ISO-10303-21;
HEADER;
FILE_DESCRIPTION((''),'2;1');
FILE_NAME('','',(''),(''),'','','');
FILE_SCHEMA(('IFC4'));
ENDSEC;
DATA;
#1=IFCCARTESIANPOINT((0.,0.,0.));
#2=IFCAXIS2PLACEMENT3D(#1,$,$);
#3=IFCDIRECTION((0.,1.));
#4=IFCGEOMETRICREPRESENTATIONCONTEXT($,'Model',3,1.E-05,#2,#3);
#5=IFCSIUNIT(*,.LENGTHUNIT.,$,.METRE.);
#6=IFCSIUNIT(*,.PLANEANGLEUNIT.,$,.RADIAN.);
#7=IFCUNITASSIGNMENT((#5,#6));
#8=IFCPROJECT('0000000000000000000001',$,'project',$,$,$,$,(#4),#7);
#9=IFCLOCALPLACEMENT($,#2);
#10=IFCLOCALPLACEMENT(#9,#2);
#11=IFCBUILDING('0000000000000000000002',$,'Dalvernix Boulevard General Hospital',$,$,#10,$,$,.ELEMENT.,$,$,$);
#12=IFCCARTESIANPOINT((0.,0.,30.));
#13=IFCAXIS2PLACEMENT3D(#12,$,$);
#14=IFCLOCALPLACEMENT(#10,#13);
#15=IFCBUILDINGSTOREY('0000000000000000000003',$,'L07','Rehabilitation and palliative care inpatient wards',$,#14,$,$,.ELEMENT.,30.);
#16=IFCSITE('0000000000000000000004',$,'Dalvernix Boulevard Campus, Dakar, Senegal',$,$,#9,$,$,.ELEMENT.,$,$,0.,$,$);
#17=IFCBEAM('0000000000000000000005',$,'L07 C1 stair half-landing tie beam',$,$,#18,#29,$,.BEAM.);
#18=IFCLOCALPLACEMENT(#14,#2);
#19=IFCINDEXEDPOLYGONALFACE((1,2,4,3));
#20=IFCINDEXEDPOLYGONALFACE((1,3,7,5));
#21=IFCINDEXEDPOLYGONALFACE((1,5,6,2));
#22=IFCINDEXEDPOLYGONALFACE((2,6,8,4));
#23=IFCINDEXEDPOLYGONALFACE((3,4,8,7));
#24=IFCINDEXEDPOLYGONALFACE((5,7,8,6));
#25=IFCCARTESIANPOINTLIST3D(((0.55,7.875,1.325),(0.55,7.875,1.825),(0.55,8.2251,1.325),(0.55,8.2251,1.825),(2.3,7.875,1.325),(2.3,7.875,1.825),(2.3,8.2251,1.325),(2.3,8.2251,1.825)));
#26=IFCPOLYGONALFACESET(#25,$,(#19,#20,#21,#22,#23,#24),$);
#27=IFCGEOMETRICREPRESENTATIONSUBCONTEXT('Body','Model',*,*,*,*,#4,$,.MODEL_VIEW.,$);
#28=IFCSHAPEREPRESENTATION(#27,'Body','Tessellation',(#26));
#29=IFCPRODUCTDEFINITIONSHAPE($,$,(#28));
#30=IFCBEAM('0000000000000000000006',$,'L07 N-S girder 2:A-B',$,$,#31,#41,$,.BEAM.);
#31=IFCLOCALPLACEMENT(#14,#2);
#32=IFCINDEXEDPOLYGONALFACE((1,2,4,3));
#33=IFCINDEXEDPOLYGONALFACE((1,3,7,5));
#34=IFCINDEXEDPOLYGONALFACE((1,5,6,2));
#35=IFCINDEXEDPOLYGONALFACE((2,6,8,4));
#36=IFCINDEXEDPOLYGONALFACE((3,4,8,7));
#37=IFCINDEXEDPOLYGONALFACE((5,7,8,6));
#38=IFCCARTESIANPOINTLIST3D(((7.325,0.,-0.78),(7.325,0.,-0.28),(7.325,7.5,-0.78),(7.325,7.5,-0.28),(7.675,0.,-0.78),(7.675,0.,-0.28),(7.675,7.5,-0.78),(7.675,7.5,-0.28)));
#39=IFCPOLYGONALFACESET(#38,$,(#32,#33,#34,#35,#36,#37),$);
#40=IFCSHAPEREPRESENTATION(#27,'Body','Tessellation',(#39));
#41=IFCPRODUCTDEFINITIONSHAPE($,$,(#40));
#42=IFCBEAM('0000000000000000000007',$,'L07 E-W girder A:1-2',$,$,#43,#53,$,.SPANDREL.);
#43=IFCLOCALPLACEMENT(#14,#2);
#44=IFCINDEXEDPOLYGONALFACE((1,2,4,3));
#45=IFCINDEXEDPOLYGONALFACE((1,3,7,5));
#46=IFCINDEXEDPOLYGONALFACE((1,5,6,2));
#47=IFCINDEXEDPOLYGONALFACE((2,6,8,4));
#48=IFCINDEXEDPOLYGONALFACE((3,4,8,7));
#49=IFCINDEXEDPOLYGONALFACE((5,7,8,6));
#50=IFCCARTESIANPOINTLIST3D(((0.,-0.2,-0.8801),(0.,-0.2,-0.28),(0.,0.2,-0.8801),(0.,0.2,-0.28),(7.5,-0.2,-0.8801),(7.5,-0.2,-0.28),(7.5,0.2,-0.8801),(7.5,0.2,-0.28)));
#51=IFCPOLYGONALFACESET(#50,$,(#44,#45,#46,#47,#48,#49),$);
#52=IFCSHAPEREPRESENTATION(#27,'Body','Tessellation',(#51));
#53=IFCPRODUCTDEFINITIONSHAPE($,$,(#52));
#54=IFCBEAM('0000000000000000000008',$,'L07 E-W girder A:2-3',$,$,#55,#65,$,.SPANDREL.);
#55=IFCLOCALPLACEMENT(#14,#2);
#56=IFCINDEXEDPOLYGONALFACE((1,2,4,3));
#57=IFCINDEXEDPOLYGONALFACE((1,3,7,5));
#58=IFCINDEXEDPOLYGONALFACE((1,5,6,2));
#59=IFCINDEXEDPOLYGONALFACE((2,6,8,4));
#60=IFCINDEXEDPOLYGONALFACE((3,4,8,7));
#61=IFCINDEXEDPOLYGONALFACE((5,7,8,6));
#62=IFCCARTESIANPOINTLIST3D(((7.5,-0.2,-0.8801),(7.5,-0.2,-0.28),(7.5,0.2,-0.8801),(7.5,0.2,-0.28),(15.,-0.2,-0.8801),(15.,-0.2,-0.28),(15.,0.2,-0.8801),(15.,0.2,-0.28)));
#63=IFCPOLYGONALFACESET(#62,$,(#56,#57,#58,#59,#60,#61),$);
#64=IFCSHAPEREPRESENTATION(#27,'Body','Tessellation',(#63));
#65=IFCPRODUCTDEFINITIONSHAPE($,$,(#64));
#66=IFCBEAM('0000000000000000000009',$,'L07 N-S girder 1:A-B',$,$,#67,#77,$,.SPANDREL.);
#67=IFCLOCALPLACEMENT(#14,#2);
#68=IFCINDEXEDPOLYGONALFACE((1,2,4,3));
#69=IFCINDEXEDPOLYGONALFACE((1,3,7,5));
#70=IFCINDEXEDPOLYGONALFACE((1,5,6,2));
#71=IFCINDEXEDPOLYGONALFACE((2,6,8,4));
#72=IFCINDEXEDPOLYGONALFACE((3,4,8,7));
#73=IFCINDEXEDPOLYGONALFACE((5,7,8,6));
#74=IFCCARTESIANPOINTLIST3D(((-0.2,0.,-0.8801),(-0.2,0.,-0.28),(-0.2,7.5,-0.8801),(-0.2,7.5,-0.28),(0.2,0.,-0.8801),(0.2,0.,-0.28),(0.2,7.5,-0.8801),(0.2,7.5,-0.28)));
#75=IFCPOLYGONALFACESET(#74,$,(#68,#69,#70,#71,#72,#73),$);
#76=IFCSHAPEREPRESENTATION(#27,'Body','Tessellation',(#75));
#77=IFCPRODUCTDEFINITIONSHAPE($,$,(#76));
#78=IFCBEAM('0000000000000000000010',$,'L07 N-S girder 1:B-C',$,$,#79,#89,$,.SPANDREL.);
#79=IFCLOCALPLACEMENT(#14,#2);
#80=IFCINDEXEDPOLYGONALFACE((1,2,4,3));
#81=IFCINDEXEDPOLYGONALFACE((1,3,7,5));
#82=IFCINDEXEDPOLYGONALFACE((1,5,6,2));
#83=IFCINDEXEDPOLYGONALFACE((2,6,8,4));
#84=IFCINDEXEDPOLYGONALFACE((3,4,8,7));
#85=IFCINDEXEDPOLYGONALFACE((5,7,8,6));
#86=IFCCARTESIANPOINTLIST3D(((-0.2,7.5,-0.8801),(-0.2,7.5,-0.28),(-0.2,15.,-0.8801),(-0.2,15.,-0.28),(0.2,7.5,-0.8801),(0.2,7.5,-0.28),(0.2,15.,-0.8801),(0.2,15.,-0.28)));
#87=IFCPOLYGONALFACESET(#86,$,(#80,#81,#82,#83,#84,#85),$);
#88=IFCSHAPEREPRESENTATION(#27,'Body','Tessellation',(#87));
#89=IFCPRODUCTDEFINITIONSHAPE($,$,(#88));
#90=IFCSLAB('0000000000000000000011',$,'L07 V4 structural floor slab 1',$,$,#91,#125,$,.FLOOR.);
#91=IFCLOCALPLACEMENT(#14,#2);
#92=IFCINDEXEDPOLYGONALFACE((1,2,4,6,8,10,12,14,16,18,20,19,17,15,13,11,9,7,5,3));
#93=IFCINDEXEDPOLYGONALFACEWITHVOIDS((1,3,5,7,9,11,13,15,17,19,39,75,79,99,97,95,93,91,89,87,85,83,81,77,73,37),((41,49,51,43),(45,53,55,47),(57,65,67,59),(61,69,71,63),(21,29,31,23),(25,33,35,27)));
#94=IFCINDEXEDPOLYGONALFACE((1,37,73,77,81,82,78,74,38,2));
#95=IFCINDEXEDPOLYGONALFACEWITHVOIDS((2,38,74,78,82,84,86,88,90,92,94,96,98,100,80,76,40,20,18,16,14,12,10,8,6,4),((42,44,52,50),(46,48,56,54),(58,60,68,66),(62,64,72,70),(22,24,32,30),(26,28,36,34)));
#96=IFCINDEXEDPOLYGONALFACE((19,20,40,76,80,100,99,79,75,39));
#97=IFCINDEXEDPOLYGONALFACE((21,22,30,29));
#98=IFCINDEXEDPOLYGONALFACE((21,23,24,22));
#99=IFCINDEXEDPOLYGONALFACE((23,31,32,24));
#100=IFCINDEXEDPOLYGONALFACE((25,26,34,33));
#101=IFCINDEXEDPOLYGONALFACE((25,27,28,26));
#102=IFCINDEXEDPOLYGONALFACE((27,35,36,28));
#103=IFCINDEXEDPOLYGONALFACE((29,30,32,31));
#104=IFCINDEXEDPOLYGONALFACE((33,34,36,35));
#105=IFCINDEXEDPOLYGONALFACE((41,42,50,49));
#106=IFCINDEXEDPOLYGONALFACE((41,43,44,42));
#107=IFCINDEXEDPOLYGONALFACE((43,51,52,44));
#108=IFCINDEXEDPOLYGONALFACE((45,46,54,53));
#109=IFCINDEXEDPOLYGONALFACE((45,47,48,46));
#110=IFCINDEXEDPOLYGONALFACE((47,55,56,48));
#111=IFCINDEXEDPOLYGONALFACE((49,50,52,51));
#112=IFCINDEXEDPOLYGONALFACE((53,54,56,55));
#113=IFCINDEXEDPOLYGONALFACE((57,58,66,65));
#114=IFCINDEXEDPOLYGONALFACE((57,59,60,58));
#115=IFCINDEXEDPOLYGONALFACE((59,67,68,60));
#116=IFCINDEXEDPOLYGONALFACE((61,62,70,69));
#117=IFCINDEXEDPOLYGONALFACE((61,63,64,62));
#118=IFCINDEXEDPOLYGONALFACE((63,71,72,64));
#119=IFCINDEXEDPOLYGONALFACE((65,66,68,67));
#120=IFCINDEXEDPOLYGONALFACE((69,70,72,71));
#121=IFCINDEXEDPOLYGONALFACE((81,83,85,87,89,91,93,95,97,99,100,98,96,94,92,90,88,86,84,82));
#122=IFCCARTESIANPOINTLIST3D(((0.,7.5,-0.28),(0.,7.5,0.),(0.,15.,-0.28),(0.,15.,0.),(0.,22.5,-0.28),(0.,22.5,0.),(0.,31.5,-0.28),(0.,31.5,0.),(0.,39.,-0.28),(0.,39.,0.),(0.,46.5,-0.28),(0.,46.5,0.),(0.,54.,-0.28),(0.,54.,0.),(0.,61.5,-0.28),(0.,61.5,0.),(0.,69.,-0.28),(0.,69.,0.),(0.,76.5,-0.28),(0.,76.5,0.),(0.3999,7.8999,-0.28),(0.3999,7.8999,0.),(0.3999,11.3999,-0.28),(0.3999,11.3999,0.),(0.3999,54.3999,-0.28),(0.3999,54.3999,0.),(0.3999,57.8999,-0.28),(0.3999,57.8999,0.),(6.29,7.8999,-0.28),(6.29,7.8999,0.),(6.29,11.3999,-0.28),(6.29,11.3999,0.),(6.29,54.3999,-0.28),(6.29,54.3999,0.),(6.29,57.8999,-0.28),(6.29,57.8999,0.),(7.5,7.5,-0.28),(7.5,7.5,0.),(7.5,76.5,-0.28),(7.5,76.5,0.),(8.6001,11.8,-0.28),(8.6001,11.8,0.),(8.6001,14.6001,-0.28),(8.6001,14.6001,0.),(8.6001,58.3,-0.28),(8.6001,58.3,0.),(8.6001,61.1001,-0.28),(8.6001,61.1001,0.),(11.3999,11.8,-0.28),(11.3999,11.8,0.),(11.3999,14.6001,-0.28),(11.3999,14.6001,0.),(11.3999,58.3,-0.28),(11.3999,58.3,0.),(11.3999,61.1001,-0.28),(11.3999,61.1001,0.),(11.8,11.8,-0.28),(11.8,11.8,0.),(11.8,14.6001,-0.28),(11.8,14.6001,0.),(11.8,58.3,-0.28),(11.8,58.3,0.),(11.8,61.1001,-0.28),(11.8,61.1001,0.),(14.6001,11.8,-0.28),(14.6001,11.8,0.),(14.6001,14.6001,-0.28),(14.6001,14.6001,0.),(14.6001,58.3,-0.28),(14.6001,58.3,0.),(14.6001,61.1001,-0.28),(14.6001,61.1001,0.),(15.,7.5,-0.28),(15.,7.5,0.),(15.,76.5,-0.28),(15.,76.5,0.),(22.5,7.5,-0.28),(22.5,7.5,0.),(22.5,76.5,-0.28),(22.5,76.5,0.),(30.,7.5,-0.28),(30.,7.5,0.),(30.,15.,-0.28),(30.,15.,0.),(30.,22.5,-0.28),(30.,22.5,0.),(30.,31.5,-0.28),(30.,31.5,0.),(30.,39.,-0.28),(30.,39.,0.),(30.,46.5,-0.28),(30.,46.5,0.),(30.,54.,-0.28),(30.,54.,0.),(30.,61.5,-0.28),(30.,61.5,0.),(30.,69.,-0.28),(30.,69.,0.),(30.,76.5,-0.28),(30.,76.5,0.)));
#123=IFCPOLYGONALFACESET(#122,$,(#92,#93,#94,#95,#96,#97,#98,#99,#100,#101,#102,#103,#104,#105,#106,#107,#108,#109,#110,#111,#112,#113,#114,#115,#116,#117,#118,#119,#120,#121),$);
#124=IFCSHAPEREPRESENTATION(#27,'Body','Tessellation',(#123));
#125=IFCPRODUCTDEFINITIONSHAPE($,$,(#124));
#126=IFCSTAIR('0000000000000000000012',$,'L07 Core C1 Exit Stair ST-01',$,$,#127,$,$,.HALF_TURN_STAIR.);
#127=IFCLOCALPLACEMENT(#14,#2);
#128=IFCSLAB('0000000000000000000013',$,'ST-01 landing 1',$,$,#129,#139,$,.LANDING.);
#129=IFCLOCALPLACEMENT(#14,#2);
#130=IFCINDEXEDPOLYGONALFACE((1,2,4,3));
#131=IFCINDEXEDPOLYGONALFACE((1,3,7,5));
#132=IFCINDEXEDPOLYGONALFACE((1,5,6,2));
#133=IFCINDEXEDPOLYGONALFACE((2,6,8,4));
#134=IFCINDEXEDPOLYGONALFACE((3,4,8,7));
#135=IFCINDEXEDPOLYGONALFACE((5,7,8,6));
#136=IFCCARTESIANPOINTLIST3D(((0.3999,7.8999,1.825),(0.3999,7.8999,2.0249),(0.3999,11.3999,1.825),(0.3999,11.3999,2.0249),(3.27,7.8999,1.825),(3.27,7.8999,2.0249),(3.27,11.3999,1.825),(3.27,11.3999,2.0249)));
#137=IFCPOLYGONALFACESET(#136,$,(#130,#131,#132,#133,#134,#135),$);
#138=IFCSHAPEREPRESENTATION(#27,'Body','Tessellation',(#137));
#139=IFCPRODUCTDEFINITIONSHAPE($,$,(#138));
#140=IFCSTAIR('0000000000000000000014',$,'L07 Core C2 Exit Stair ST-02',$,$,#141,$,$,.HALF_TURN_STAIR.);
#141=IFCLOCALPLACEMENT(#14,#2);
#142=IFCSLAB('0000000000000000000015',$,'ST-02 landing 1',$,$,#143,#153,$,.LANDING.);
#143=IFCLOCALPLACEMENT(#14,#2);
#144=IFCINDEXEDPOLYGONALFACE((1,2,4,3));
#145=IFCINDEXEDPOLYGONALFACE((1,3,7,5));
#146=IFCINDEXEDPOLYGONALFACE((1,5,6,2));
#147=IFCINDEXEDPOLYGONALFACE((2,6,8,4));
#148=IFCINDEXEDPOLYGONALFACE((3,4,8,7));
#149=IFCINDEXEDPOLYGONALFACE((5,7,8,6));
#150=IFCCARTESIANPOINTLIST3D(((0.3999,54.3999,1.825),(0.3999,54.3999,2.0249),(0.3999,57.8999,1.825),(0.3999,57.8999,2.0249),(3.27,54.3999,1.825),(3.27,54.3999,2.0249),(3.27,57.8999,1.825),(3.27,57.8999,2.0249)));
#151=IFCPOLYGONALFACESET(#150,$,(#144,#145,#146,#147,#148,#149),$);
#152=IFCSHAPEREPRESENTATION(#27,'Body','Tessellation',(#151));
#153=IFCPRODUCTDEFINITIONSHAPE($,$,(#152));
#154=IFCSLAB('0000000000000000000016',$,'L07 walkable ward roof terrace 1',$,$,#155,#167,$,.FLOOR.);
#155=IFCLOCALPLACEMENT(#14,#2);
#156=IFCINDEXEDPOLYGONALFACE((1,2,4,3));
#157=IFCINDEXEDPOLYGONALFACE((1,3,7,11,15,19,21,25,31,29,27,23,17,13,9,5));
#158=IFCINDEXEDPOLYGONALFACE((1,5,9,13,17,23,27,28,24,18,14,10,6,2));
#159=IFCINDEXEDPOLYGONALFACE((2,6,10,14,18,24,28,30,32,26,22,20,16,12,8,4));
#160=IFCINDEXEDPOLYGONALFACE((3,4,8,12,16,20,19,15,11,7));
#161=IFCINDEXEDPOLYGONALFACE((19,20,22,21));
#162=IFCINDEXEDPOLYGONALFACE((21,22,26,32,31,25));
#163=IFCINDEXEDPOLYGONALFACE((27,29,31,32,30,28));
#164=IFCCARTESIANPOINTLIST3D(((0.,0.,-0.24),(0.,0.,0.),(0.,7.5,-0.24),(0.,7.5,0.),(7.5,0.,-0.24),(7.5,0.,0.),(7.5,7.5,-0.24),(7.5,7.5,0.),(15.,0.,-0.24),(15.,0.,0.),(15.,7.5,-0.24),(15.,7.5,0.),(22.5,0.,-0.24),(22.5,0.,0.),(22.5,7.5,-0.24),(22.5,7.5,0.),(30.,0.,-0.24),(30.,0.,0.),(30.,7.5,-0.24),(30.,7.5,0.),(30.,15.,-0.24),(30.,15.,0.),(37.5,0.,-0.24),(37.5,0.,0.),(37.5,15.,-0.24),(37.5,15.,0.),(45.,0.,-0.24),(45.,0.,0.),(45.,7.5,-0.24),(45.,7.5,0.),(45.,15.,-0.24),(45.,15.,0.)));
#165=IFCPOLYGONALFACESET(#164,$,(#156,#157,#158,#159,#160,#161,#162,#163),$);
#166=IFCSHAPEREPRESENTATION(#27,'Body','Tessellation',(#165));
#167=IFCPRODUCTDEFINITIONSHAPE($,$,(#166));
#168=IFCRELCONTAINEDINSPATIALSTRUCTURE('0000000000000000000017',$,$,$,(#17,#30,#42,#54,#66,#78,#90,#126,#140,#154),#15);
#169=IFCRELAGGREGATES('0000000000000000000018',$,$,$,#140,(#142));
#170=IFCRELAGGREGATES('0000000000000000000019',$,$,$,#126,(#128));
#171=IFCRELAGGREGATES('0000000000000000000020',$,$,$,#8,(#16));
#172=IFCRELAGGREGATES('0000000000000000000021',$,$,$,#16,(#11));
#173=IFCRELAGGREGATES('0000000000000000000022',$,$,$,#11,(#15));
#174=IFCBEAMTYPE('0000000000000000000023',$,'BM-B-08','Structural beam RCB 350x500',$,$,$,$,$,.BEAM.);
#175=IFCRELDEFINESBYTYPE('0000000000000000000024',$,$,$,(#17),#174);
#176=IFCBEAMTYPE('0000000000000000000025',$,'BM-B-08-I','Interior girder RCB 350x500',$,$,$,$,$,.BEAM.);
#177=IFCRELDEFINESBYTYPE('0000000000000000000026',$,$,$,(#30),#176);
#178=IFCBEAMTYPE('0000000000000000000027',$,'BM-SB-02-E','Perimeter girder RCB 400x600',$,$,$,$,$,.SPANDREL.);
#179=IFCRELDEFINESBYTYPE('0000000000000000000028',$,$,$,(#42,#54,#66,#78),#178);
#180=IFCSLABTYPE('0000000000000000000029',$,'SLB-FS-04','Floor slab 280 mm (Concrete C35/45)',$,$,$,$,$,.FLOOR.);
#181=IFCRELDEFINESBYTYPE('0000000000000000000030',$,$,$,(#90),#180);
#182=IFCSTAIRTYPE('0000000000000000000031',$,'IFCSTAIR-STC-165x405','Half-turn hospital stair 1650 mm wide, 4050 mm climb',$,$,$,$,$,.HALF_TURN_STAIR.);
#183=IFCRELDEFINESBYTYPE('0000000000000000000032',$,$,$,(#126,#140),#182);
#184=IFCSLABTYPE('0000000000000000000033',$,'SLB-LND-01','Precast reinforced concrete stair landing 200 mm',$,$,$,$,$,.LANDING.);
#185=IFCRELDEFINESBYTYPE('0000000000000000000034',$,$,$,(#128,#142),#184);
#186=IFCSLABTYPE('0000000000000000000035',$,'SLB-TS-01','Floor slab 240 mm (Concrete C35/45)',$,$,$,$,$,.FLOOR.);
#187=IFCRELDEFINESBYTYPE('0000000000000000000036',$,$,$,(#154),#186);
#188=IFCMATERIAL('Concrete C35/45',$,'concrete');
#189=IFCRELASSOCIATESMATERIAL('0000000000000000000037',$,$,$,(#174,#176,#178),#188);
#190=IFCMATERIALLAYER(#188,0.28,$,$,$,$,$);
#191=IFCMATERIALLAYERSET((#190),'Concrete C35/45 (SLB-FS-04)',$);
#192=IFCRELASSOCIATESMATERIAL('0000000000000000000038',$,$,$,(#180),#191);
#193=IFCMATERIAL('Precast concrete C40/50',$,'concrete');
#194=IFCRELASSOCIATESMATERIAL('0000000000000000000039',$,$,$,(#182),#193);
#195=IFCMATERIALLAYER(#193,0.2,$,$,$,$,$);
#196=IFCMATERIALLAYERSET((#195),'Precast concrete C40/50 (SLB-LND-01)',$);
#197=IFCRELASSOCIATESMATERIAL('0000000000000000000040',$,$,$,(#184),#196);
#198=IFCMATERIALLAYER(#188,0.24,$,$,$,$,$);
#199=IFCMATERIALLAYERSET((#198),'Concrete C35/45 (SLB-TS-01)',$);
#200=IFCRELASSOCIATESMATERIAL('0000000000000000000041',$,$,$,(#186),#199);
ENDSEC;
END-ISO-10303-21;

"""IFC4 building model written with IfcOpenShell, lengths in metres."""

from ifc_helpers import new_model, si_unit, direction, frame, origin, origin_2d, place, context, subcontext, project, spatial, polyline, rectangle, outline, extrude, material, layer, layer_set, material_profile, profile_set, type_object, element, aggregate, save


model = new_model("IFC4")

# Units and contexts
model_context = context("Model", 3, precision=1e-05, world=origin(), true_north=direction((0.0, 1.0)))
body_context = subcontext(model_context, "Body", "Model", "MODEL_VIEW")
ifc_project = project(units=[si_unit("LENGTHUNIT", "METRE"), si_unit("PLANEANGLEUNIT", "RADIAN")], contexts=[model_context])

# Site, building, storey
site_placement = place(None, origin())
site = spatial("IfcSite", under=ifc_project, at=site_placement, Name="Dalvernix Boulevard Campus, Dakar, Senegal", CompositionType="ELEMENT", RefElevation=0.0)
building_placement = place(site_placement, origin())
building = spatial("IfcBuilding", under=site, at=building_placement, Name="Dalvernix Boulevard General Hospital", CompositionType="ELEMENT")
storey_placement = place(building_placement, frame((0.0, 0.0, 30.0)))
storey = spatial("IfcBuildingStorey", under=building, at=storey_placement, Name="L07", Description="Rehabilitation and palliative care inpatient wards", CompositionType="ELEMENT", Elevation=30.0)

# Beams
ifc_material_1 = material(Name="Concrete C35/45", Category="concrete")
ifc_material_profile_1 = material_profile(ifc_material_1, rectangle(XDim=0.3501, YDim=0.5, at=origin_2d()), Name="RCB 350x500")
ifc_profile_set_1 = profile_set([ifc_material_profile_1], Name="Concrete C35/45")
beam_type_1 = type_object("IfcBeamType", Name="BM-B-08", Description="Structural beam RCB 350x500", PredefinedType="BEAM", material=ifc_profile_set_1)
beam_1_placement = place(storey_placement, frame((0.55, 8.05, 1.575), z_axis=(1.0, 0.0, 0.0), x_axis=(0.0, 1.0, 0.0)))
element("IfcBeam", 1, at=beam_1_placement, inside=storey, type_object=beam_type_1, Name="L07 C1 stair half-landing tie beam", PredefinedType="BEAM", context=body_context, shape_type="SweptSolid", body=[
    extrude(rectangle(XDim=0.3501, YDim=0.5, at=origin_2d()), origin(), (0.0, 0.0, 1.0), 1.75),
])
ifc_material_profile_2 = material_profile(ifc_material_1, rectangle(XDim=0.3501, YDim=0.5, at=origin_2d()), Name="RCB 350x500")
ifc_profile_set_2 = profile_set([ifc_material_profile_2], Name="Concrete C35/45")
beam_type_2 = type_object("IfcBeamType", Name="BM-B-08-I", Description="Interior girder RCB 350x500", PredefinedType="BEAM", material=ifc_profile_set_2)
beam_2_placement = place(storey_placement, frame((7.5, 0.0, -0.53), z_axis=(0.0, 1.0, 0.0), x_axis=(-1.0, 0.0, 0.0)))
element("IfcBeam", 2, at=beam_2_placement, inside=storey, type_object=beam_type_2, Name="L07 N-S girder 2:A-B", PredefinedType="BEAM", context=body_context, shape_type="SweptSolid", body=[
    extrude(rectangle(XDim=0.3501, YDim=0.5, at=origin_2d()), origin(), (0.0, 0.0, 1.0), 7.5),
])
ifc_material_profile_3 = material_profile(ifc_material_1, rectangle(XDim=0.3999, YDim=0.6001, at=origin_2d()), Name="RCB 400x600")
ifc_profile_set_3 = profile_set([ifc_material_profile_3], Name="Concrete C35/45")
beam_type_3 = type_object("IfcBeamType", Name="BM-SB-02-E", Description="Perimeter girder RCB 400x600", PredefinedType="SPANDREL", material=ifc_profile_set_3)
for number, where, z_axis, x_axis, name in (
    (3, (0.0, 0.0, -0.5801), (1.0, 0.0, 0.0), (0.0, 1.0, 0.0), "L07 E-W girder A:1-2"),
    (4, (7.5, 0.0, -0.5801), (1.0, 0.0, 0.0), (0.0, 1.0, 0.0), "L07 E-W girder A:2-3"),
    (5, (0.0, 0.0, -0.5801), (0.0, 1.0, 0.0), (-1.0, 0.0, 0.0), "L07 N-S girder 1:A-B"),
    (6, (0.0, 7.5, -0.5801), (0.0, 1.0, 0.0), (-1.0, 0.0, 0.0), "L07 N-S girder 1:B-C"),
):
    element("IfcBeam", number, at=place(storey_placement, frame(where, z_axis=z_axis, x_axis=x_axis)), inside=storey, type_object=beam_type_3, Name=name, PredefinedType="SPANDREL", context=body_context, shape_type="SweptSolid", body=[
        extrude(rectangle(XDim=0.3999, YDim=0.6001, at=origin_2d()), origin(), (0.0, 0.0, 1.0), 7.5),
    ])

# Slab
ifc_layer_1 = layer(ifc_material_1, 0.28)
ifc_layer_set_1 = layer_set([ifc_layer_1], Name="Concrete C35/45 (SLB-FS-04)")
slab_type_1 = type_object("IfcSlabType", Name="SLB-FS-04", Description="Floor slab 280 mm (Concrete C35/45)", PredefinedType="FLOOR", material=ifc_layer_set_1)
slab_1_placement = place(storey_placement, frame((0.0, 0.0, -0.28)))
element("IfcSlab", 7, at=slab_1_placement, inside=storey, type_object=slab_type_1, Name="L07 V4 structural floor slab 1", PredefinedType="FLOOR", context=body_context, shape_type="SweptSolid", body=[
    extrude(outline(polyline([(0.0, 61.5), (0.0, 69.0), (0.0, 76.5), (7.5, 76.5), (15.0, 76.5), (22.5, 76.5), (30.0, 76.5), (30.0, 69.0), (30.0, 61.5), (30.0, 54.0), (30.0, 46.5), (30.0, 39.0), (30.0, 31.5), (30.0, 22.5), (30.0, 15.0), (30.0, 7.5), (22.5, 7.5), (15.0, 7.5), (7.5, 7.5), (0.0, 7.5), (0.0, 15.0), (0.0, 22.5), (0.0, 31.5), (0.0, 39.0), (0.0, 46.5), (0.0, 54.0), (0.0, 61.5)]), holes=[polyline([(0.3999, 11.3999), (0.3999, 7.8999), (6.29, 7.8999), (6.29, 11.3999), (0.3999, 11.3999)]), polyline([(11.3999, 14.6001), (8.6001, 14.6001), (8.6001, 11.8), (11.3999, 11.8), (11.3999, 14.6001)]), polyline([(14.6001, 11.8), (14.6001, 14.6001), (11.8, 14.6001), (11.8, 11.8), (14.6001, 11.8)]), polyline([(0.3999, 54.3999), (6.29, 54.3999), (6.29, 57.8999), (0.3999, 57.8999), (0.3999, 54.3999)]), polyline([(8.6001, 61.1001), (8.6001, 58.3), (11.3999, 58.3), (11.3999, 61.1001), (8.6001, 61.1001)]), polyline([(14.6001, 61.1001), (11.8, 61.1001), (11.8, 58.3), (14.6001, 58.3), (14.6001, 61.1001)])]), origin(), (0.0, 0.0, 1.0), 0.28),
])

# Stairs, slabs
ifc_material_2 = material(Name="Precast concrete C40/50", Category="concrete")
stair_type = type_object("IfcStairType", Name="IFCSTAIR-STC-165x405", Description="Half-turn hospital stair 1650 mm wide, 4050 mm climb", PredefinedType="HALF_TURN_STAIR", material=ifc_material_2)
stair_1_placement = place(storey_placement, origin())
stair_1 = element("IfcStair", 8, at=stair_1_placement, inside=storey, type_object=stair_type, Name="L07 Core C1 Exit Stair ST-01", PredefinedType="HALF_TURN_STAIR")
ifc_layer_2 = layer(ifc_material_2, 0.2)
ifc_layer_set_2 = layer_set([ifc_layer_2], Name="Precast concrete C40/50 (SLB-LND-01)")
slab_type_2 = type_object("IfcSlabType", Name="SLB-LND-01", Description="Precast reinforced concrete stair landing 200 mm", PredefinedType="LANDING", material=ifc_layer_set_2)
slab_2_placement = place(storey_placement, frame((0.0, 0.0, 1.825)))
slab_2 = element("IfcSlab", 9, at=slab_2_placement, type_object=slab_type_2, Name="ST-01 landing 1", PredefinedType="LANDING", context=body_context, shape_type="SweptSolid", body=[
    extrude(outline(polyline([(3.27, 11.3999), (0.3999, 11.3999), (0.3999, 7.8999), (3.27, 7.8999), (3.27, 11.3999)])), origin(), (0.0, 0.0, 1.0), 0.2),
])
stair_2_placement = place(storey_placement, origin())
stair_2 = element("IfcStair", 10, at=stair_2_placement, inside=storey, type_object=stair_type, Name="L07 Core C2 Exit Stair ST-02", PredefinedType="HALF_TURN_STAIR")
slab_3_placement = place(storey_placement, frame((0.0, 0.0, 1.825)))
slab_3 = element("IfcSlab", 11, at=slab_3_placement, type_object=slab_type_2, Name="ST-02 landing 1", PredefinedType="LANDING", context=body_context, shape_type="SweptSolid", body=[
    extrude(outline(polyline([(3.27, 57.8999), (0.3999, 57.8999), (0.3999, 54.3999), (3.27, 54.3999), (3.27, 57.8999)])), origin(), (0.0, 0.0, 1.0), 0.2),
])
aggregate(stair_2, [slab_3])

# Slab
ifc_layer_3 = layer(ifc_material_1, 0.24)
ifc_layer_set_3 = layer_set([ifc_layer_3], Name="Concrete C35/45 (SLB-TS-01)")
slab_type_3 = type_object("IfcSlabType", Name="SLB-TS-01", Description="Floor slab 240 mm (Concrete C35/45)", PredefinedType="FLOOR", material=ifc_layer_set_3)
slab_4_placement = place(storey_placement, frame((0.0, 0.0, -0.24)))
element("IfcSlab", 12, at=slab_4_placement, inside=storey, type_object=slab_type_3, Name="L07 walkable ward roof terrace 1", PredefinedType="FLOOR", context=body_context, shape_type="SweptSolid", body=[
    extrude(outline(polyline([(7.5, 7.5), (15.0, 7.5), (22.5, 7.5), (30.0, 7.5), (30.0, 15.0), (37.5, 15.0), (45.0, 15.0), (45.0, 7.5), (45.0, 0.0), (37.5, 0.0), (30.0, 0.0), (22.5, 0.0), (15.0, 0.0), (7.5, 0.0), (0.0, 0.0), (0.0, 7.5), (7.5, 7.5)])), origin(), (0.0, 0.0, 1.0), 0.24),
])

aggregate(stair_1, [slab_2])

save(model, "model.ifc")
